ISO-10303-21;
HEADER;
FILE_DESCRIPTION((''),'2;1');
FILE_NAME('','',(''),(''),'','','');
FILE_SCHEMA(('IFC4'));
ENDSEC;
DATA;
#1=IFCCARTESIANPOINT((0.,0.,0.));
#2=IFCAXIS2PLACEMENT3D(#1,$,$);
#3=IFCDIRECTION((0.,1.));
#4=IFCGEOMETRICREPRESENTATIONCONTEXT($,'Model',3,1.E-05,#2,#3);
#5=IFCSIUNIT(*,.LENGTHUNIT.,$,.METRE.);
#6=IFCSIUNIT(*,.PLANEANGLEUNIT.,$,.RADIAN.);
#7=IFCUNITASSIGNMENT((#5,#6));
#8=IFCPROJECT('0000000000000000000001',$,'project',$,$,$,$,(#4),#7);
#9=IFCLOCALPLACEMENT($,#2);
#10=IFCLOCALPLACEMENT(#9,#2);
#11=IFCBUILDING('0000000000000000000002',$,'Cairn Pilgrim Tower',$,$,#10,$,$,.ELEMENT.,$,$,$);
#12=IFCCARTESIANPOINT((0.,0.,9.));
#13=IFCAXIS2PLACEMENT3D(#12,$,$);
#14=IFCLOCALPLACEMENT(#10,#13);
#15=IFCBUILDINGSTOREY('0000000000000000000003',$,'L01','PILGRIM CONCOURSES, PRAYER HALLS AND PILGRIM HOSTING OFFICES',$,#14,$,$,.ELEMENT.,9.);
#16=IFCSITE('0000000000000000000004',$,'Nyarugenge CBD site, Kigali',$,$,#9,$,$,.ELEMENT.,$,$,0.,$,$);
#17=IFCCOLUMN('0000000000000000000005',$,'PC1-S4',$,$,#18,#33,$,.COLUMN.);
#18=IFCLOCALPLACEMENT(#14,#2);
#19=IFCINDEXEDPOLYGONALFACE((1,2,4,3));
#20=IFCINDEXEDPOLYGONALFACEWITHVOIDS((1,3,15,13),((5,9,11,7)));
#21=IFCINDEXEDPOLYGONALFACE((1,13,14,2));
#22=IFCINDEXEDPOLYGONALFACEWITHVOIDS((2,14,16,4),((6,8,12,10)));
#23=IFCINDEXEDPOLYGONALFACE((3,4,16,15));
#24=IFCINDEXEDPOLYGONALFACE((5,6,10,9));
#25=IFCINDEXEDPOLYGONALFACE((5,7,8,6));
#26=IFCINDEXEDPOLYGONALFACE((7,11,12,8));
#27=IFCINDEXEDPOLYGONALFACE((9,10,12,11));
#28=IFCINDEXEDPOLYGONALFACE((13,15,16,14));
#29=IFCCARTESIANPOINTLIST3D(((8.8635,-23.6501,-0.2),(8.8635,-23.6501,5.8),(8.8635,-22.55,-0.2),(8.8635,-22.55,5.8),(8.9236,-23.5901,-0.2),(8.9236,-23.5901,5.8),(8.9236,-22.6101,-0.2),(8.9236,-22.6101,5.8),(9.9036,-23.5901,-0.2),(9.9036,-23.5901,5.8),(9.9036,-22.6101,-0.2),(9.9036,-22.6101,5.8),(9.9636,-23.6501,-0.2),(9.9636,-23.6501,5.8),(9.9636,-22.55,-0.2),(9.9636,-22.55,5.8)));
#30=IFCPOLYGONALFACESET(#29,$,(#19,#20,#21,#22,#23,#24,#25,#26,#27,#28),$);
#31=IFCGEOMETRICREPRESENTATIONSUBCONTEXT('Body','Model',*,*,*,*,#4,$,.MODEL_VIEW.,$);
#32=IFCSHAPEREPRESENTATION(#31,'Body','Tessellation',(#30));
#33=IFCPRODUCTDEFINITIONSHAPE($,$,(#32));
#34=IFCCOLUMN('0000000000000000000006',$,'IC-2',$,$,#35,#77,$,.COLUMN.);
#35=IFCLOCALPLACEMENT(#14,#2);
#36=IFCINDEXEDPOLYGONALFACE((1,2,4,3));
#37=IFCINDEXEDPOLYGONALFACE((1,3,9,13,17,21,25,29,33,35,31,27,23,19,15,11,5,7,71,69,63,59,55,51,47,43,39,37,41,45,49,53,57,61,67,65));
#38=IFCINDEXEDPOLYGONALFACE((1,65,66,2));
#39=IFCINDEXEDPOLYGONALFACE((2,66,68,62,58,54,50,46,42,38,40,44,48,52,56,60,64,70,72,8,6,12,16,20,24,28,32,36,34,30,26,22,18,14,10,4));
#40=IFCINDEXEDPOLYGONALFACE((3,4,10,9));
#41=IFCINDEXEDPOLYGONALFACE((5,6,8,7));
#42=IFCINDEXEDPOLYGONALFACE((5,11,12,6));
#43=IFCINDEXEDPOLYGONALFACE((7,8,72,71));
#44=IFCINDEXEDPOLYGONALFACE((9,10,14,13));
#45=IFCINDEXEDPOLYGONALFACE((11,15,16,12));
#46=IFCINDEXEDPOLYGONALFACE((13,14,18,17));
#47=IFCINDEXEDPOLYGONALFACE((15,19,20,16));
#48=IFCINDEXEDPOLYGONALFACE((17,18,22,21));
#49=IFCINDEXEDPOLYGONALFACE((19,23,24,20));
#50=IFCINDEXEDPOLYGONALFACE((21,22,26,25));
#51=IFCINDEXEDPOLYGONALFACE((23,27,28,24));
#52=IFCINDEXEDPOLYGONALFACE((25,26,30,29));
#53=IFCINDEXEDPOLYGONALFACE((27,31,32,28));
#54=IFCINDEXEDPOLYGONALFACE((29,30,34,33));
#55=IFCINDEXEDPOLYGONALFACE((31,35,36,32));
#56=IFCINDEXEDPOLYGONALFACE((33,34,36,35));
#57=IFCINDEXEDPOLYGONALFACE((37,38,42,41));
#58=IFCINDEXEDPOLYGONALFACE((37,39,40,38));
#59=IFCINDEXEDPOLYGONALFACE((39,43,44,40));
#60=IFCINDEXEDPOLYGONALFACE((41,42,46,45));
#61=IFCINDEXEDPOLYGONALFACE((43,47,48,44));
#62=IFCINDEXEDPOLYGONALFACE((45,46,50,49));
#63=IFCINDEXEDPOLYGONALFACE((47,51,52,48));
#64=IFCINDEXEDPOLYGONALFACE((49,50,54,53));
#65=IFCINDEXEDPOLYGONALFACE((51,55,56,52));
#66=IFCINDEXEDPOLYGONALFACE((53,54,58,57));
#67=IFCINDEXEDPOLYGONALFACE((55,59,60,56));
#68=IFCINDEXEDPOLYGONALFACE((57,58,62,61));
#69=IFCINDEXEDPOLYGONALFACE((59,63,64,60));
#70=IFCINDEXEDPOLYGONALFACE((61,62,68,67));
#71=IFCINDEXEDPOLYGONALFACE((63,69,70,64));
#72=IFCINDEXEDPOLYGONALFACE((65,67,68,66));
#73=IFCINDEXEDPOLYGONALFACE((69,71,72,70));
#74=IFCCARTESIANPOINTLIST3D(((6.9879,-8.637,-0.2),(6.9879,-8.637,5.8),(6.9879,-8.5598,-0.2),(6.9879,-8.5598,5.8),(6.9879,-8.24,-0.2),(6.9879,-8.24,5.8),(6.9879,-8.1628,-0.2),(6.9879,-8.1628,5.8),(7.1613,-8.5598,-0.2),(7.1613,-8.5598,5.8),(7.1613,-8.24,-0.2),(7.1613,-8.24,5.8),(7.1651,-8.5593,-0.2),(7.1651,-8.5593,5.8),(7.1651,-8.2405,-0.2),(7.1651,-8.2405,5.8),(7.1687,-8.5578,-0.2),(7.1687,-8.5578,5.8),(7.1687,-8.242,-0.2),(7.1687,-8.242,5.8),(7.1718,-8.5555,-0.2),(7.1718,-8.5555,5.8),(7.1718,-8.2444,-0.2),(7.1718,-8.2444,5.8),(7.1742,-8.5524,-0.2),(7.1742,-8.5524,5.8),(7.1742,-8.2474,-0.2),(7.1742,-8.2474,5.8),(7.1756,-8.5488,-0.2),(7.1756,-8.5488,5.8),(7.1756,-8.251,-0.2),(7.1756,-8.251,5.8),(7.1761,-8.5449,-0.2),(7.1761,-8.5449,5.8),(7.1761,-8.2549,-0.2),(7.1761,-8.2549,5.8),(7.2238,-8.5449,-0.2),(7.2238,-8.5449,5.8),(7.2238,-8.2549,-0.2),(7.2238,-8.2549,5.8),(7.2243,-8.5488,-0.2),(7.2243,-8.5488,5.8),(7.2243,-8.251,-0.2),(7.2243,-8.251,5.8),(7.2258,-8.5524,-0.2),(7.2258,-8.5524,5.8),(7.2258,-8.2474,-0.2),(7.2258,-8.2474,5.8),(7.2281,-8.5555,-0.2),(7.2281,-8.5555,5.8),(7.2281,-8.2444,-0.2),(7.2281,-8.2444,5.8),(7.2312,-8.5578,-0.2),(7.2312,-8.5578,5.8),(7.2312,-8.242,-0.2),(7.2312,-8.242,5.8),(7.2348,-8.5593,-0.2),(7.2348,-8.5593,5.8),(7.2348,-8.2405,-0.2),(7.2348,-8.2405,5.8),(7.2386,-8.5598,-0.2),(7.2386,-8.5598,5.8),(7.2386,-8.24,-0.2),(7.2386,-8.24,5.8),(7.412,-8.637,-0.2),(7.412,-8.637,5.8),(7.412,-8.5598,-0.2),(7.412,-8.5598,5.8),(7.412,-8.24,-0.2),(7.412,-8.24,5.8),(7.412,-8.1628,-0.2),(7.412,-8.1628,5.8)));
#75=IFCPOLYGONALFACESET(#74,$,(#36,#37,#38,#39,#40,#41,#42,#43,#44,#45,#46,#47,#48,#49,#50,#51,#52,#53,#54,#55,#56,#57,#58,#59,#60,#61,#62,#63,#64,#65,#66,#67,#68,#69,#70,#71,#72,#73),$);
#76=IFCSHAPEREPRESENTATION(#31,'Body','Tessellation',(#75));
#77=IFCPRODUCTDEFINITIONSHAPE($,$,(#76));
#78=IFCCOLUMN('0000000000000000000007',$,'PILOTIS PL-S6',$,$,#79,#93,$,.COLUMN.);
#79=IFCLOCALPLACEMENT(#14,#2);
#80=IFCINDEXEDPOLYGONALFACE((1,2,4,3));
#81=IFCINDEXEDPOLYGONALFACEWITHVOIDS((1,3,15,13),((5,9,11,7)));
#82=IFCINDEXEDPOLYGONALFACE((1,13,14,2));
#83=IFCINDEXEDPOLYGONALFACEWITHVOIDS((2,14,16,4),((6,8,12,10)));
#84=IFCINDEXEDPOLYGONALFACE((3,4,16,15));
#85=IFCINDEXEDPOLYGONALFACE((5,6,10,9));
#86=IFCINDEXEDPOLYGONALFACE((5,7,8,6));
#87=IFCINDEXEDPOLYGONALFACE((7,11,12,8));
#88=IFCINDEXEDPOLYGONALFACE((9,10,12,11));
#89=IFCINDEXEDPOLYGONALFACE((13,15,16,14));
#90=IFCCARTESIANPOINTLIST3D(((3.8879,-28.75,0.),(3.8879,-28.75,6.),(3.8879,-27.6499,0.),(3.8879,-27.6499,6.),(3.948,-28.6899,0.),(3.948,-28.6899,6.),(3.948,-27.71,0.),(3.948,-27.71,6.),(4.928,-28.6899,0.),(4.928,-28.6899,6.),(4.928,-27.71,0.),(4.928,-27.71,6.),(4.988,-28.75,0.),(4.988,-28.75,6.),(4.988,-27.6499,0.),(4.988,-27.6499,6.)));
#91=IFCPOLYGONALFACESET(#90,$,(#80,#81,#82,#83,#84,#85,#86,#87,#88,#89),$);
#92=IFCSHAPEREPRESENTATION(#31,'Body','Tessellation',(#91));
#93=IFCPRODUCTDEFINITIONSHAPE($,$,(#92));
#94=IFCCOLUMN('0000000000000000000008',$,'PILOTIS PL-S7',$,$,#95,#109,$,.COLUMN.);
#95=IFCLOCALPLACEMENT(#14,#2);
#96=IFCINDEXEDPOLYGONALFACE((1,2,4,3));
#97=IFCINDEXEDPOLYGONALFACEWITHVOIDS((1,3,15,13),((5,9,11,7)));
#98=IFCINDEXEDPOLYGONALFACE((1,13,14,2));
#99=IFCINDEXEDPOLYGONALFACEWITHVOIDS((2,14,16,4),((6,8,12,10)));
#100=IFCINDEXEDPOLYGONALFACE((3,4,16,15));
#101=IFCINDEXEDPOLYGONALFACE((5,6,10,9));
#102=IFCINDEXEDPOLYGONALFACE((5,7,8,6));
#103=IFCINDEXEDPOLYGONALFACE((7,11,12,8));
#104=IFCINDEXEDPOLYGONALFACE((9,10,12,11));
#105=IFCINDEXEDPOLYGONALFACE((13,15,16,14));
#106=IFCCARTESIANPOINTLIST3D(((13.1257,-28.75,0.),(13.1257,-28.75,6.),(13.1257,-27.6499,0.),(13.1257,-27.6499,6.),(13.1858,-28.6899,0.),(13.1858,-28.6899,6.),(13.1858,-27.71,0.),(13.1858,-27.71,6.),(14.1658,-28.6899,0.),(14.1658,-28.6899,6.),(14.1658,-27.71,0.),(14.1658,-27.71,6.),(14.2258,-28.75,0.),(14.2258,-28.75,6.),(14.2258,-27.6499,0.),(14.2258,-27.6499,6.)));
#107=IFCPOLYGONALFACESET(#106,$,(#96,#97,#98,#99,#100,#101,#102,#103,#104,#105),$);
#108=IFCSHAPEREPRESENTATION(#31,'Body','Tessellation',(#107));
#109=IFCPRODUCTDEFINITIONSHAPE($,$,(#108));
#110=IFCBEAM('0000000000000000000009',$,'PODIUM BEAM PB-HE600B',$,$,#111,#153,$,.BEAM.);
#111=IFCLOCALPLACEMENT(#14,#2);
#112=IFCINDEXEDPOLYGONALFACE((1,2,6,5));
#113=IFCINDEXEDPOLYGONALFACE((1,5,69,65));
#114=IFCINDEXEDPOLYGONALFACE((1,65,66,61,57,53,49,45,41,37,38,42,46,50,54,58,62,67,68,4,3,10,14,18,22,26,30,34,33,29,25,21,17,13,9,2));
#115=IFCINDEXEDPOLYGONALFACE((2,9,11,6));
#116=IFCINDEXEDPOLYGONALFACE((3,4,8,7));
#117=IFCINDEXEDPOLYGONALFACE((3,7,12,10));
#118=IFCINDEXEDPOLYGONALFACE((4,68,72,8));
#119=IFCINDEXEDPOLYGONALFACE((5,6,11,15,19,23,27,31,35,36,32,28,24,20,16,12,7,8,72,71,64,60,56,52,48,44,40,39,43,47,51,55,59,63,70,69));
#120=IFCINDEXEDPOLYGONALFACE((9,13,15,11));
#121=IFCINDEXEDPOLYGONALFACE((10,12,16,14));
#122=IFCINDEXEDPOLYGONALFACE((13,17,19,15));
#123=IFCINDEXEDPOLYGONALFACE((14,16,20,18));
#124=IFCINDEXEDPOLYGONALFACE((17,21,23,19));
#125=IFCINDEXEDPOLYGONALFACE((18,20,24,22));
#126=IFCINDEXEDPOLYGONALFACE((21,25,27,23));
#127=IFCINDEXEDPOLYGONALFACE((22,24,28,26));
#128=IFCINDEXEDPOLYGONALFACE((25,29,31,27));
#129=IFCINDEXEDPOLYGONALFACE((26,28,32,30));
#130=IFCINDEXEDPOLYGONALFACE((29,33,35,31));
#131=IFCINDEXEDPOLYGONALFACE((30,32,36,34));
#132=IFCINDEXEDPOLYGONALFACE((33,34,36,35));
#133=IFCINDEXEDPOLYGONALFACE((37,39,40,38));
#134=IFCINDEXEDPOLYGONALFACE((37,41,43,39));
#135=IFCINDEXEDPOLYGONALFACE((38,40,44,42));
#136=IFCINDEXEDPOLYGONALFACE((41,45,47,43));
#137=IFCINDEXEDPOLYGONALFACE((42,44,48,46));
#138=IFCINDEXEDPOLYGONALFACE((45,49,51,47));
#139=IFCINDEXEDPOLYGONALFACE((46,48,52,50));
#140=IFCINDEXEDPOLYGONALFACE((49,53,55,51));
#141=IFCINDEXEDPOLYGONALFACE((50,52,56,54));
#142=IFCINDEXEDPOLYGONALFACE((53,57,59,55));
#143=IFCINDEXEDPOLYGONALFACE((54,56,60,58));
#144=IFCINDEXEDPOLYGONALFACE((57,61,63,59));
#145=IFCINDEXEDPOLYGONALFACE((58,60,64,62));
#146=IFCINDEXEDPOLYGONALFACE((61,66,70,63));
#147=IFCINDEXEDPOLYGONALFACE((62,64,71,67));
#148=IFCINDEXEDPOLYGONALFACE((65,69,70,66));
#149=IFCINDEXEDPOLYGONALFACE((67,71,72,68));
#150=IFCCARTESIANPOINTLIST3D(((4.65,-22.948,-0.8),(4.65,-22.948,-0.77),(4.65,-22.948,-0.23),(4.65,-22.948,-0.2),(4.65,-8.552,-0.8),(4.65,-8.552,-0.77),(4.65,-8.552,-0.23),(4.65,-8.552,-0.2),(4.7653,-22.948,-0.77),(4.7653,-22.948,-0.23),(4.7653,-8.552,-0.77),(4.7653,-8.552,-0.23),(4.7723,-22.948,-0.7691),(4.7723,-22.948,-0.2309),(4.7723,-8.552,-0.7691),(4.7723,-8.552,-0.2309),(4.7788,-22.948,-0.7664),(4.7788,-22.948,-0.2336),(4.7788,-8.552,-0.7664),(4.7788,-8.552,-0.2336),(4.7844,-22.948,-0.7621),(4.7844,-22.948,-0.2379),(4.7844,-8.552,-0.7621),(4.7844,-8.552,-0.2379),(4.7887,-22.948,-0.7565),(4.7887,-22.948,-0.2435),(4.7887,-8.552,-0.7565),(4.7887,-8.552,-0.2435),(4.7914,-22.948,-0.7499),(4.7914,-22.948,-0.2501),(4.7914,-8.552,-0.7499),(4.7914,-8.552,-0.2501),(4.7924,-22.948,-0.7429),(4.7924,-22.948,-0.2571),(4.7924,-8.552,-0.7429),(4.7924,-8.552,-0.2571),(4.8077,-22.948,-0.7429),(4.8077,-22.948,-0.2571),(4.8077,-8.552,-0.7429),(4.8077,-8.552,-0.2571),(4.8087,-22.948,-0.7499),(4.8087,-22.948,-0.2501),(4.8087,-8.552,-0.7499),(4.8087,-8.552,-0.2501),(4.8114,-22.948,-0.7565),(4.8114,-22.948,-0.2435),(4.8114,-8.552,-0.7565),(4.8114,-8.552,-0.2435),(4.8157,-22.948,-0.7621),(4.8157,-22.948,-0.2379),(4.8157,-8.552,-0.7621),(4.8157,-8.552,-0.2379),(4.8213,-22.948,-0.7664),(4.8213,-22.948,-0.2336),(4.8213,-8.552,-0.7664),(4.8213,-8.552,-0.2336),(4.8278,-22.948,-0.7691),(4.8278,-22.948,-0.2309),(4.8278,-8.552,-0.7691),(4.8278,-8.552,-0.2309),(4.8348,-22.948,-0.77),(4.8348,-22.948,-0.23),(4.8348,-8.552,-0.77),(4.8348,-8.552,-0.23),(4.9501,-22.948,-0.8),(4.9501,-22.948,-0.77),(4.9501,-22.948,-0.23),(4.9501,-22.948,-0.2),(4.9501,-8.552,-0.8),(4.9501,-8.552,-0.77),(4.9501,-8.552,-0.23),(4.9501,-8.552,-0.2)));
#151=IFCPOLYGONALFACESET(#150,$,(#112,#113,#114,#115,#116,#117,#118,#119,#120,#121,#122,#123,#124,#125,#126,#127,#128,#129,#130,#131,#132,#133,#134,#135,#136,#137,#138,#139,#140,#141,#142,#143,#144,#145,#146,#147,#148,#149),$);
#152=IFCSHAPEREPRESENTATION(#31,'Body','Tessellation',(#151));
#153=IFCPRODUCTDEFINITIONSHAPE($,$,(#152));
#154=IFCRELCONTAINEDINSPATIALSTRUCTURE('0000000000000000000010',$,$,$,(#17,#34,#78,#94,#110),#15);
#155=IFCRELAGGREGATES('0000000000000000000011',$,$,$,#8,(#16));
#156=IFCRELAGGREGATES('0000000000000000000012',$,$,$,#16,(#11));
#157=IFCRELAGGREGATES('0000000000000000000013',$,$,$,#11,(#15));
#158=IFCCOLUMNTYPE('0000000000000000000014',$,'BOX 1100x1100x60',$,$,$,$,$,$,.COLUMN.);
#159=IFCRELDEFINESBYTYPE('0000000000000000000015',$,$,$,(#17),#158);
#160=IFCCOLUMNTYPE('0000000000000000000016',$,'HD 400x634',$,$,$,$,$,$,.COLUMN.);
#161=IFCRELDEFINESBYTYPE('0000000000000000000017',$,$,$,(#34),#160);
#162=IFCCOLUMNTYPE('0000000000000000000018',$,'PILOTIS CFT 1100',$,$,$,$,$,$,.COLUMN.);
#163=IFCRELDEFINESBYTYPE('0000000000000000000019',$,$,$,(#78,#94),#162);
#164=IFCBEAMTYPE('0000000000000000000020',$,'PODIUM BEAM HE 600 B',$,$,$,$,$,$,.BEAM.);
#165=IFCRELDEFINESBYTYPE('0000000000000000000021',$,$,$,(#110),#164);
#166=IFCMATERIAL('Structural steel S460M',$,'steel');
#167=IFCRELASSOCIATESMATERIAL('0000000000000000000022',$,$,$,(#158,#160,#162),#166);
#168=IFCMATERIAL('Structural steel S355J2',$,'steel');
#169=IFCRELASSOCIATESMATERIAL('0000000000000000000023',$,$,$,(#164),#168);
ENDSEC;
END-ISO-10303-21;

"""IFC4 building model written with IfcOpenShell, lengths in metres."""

from ifc_helpers import new_model, si_unit, direction, frame, origin, origin_2d, place, context, subcontext, project, spatial, hollow_rectangle, i_section, extrude, material, material_profile, profile_set, type_object, element, save


model = new_model("IFC4")

# Units and contexts
model_context = context("Model", 3, precision=1e-05, world=origin(), true_north=direction((0.0, 1.0)))
body_context = subcontext(model_context, "Body", "Model", "MODEL_VIEW")
ifc_project = project(units=[si_unit("LENGTHUNIT", "METRE"), si_unit("PLANEANGLEUNIT", "RADIAN")], contexts=[model_context])

# Site, building, storey
site_placement = place(None, origin())
site = spatial("IfcSite", under=ifc_project, at=site_placement, Name="Nyarugenge CBD site, Kigali", CompositionType="ELEMENT", RefElevation=0.0)
building_placement = place(site_placement, origin())
building = spatial("IfcBuilding", under=site, at=building_placement, Name="Cairn Pilgrim Tower", CompositionType="ELEMENT")
storey_placement = place(building_placement, frame((0.0, 0.0, 9.0)))
storey = spatial("IfcBuildingStorey", under=building, at=storey_placement, Name="L01", Description="PILGRIM CONCOURSES, PRAYER HALLS AND PILGRIM HOSTING OFFICES", CompositionType="ELEMENT", Elevation=9.0)

# Columns
ifc_material_1 = material(Name="Structural steel S460M", Category="steel")
ifc_material_profile_1 = material_profile(ifc_material_1, hollow_rectangle(XDim=1.1001, YDim=1.1001, WallThickness=0.0601, at=origin_2d()), Name="BOX 1100x1100x60")
ifc_profile_set_1 = profile_set([ifc_material_profile_1], Name="Structural steel S460M")
column_type_1 = type_object("IfcColumnType", Name="BOX 1100x1100x60", PredefinedType="COLUMN", material=ifc_profile_set_1)
column_1_placement = place(storey_placement, frame((9.4136, -23.1001, -0.2), z_axis=(0.0, 0.0, 1.0), x_axis=(1.0, 0.0, 0.0)))
element("IfcColumn", 1, at=column_1_placement, inside=storey, type_object=column_type_1, Name="PC1-S4", PredefinedType="COLUMN", context=body_context, shape_type="SweptSolid", body=[
    extrude(hollow_rectangle(XDim=1.1001, YDim=1.1001, WallThickness=0.0601, at=origin_2d()), origin(), (0.0, 0.0, 1.0), 6.0),
])
ifc_material_profile_2 = material_profile(ifc_material_1, i_section(OverallWidth=0.4241, OverallDepth=0.4741, WebThickness=0.0476, FlangeThickness=0.0771, FilletRadius=0.0149, at=origin_2d()), Name="HD 400x634")
ifc_profile_set_2 = profile_set([ifc_material_profile_2], Name="Structural steel S460M")
column_type_2 = type_object("IfcColumnType", Name="HD 400x634", PredefinedType="COLUMN", material=ifc_profile_set_2)
column_2_placement = place(storey_placement, frame((7.2, -8.3999, -0.2), z_axis=(0.0, 0.0, 1.0), x_axis=(1.0, 0.0, 0.0)))
element("IfcColumn", 2, at=column_2_placement, inside=storey, type_object=column_type_2, Name="IC-2", PredefinedType="COLUMN", context=body_context, shape_type="SweptSolid", body=[
    extrude(i_section(OverallWidth=0.4241, OverallDepth=0.4741, WebThickness=0.0476, FlangeThickness=0.0771, FilletRadius=0.0149, at=origin_2d()), origin(), (0.0, 0.0, 1.0), 6.0),
])
ifc_material_profile_3 = material_profile(ifc_material_1, hollow_rectangle(XDim=1.1001, YDim=1.1001, WallThickness=0.0601, at=origin_2d()), Name="BOX 1100x1100x60")
ifc_profile_set_3 = profile_set([ifc_material_profile_3], Name="Structural steel S460M")
column_type_3 = type_object("IfcColumnType", Name="PILOTIS CFT 1100", PredefinedType="COLUMN", material=ifc_profile_set_3)
for number, where, z_axis, x_axis, name in (
    (3, (4.438, -28.2, 0.0), (0.0, 0.0, 1.0), (1.0, 0.0, 0.0), "PILOTIS PL-S6"),
    (4, (13.6758, -28.2, 0.0), (0.0, 0.0, 1.0), (1.0, 0.0, 0.0), "PILOTIS PL-S7"),
):
    element("IfcColumn", number, at=place(storey_placement, frame(where, z_axis=z_axis, x_axis=x_axis)), inside=storey, type_object=column_type_3, Name=name, PredefinedType="COLUMN", context=body_context, shape_type="SweptSolid", body=[
        extrude(hollow_rectangle(XDim=1.1001, YDim=1.1001, WallThickness=0.0601, at=origin_2d()), origin(), (0.0, 0.0, 1.0), 6.0),
    ])

# Beam
ifc_material_2 = material(Name="Structural steel S355J2", Category="steel")
ifc_material_profile_4 = material_profile(ifc_material_2, i_section(OverallWidth=0.3, OverallDepth=0.6001, WebThickness=0.0154, FlangeThickness=0.03, FilletRadius=0.0271, at=origin_2d()), Name="HEB 600")
ifc_profile_set_4 = profile_set([ifc_material_profile_4], Name="Structural steel S355J2")
beam_type_1 = type_object("IfcBeamType", Name="PODIUM BEAM HE 600 B", PredefinedType="BEAM", material=ifc_profile_set_4)
beam_1_placement = place(storey_placement, frame((4.8, -22.948, -0.5), z_axis=(0.0, 1.0, 0.0), x_axis=(-1.0, 0.0, 0.0)))
element("IfcBeam", 5, at=beam_1_placement, inside=storey, type_object=beam_type_1, Name="PODIUM BEAM PB-HE600B", PredefinedType="BEAM", context=body_context, shape_type="SweptSolid", body=[
    extrude(i_section(OverallWidth=0.3, OverallDepth=0.6001, WebThickness=0.0154, FlangeThickness=0.03, FilletRadius=0.0271, at=origin_2d()), origin(), (0.0, 0.0, 1.0), 14.396),
])

save(model, "model.ifc")
